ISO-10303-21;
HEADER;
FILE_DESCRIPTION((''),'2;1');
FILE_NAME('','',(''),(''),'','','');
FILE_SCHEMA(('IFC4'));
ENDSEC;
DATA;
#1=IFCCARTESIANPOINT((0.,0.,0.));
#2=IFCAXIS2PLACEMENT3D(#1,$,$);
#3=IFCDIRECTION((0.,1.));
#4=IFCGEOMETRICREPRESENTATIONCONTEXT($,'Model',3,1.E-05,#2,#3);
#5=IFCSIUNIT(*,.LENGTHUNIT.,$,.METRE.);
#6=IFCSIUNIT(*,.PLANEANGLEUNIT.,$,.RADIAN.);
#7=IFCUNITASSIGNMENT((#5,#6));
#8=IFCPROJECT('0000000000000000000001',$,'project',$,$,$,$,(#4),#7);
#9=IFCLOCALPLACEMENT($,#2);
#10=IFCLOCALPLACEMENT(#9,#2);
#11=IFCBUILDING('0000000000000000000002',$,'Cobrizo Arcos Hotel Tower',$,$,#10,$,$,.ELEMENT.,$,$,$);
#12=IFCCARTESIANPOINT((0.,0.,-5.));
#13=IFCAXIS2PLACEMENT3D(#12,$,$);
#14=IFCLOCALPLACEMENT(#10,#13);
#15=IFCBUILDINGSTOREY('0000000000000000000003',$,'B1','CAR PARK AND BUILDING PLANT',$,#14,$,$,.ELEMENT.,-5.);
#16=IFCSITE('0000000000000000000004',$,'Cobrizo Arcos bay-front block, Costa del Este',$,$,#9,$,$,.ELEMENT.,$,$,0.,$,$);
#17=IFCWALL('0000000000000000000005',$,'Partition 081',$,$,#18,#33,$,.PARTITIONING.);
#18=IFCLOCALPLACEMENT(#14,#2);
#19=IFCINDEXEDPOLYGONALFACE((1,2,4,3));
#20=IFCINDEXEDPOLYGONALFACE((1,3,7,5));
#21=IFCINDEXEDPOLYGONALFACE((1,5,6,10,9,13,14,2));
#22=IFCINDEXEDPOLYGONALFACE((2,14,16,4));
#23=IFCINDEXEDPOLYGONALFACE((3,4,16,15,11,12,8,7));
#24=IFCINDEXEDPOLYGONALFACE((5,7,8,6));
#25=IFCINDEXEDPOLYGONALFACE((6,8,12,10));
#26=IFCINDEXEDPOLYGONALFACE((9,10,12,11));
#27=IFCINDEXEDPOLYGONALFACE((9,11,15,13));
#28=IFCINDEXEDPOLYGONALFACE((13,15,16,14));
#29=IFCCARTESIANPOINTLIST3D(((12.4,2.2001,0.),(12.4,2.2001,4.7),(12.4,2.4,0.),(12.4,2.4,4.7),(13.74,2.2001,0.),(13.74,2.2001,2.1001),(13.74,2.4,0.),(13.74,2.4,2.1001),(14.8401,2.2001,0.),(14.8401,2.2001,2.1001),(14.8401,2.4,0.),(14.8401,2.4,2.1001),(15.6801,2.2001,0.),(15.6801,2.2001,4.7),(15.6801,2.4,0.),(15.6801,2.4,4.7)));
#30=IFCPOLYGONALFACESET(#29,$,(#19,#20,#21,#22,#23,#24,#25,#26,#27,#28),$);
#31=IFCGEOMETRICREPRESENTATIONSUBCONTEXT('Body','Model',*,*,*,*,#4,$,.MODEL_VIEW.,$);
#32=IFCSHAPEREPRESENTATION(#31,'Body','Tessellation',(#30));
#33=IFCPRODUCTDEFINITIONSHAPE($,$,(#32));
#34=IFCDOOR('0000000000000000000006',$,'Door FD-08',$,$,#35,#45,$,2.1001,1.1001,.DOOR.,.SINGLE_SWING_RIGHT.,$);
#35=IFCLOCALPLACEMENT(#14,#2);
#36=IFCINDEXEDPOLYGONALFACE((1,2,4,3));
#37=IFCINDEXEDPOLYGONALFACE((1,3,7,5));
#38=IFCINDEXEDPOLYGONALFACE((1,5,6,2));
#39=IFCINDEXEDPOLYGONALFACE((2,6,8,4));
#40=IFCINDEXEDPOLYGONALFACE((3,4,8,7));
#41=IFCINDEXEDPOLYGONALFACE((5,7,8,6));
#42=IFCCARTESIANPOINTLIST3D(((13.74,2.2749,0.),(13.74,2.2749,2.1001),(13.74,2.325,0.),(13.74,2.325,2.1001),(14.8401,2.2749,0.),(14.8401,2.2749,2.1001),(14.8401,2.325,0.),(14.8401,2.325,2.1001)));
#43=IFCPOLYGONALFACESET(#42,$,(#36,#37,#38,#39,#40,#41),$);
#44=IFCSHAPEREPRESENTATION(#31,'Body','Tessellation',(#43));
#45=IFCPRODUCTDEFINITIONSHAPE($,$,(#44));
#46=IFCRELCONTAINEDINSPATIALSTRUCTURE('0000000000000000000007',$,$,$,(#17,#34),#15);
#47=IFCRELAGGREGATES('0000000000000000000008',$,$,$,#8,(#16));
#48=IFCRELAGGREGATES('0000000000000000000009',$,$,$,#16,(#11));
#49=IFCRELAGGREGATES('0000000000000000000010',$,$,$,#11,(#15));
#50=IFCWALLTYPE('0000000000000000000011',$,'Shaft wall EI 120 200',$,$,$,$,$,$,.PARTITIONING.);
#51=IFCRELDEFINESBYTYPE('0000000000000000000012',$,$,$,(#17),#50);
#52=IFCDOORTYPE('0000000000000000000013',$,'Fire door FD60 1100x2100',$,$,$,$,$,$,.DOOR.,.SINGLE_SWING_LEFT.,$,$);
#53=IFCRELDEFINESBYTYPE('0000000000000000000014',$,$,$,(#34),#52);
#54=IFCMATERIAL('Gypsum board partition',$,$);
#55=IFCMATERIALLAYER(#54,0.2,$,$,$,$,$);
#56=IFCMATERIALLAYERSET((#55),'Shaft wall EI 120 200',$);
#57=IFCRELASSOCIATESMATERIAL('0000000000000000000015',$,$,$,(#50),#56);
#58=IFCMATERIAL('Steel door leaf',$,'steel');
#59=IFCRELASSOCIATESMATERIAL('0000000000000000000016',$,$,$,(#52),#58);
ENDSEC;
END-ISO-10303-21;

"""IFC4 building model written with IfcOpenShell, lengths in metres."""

from ifc_helpers import new_model, si_unit, direction, frame, frame_2d, origin, place, context, subcontext, project, spatial, rectangle, extrude, material, layer, layer_set, type_object, element, fill, save


model = new_model("IFC4")

# Units and contexts
model_context = context("Model", 3, precision=1e-05, world=origin(), true_north=direction((0.0, 1.0)))
body_context = subcontext(model_context, "Body", "Model", "MODEL_VIEW")
ifc_project = project(units=[si_unit("LENGTHUNIT", "METRE"), si_unit("PLANEANGLEUNIT", "RADIAN")], contexts=[model_context])

# Site, building, storey
site_placement = place(None, origin())
site = spatial("IfcSite", under=ifc_project, at=site_placement, Name="Cobrizo Arcos bay-front block, Costa del Este", CompositionType="ELEMENT", RefElevation=0.0)
building_placement = place(site_placement, origin())
building = spatial("IfcBuilding", under=site, at=building_placement, Name="Cobrizo Arcos Hotel Tower", CompositionType="ELEMENT")
storey_placement = place(building_placement, frame((0.0, 0.0, -5.0)))
storey = spatial("IfcBuildingStorey", under=building, at=storey_placement, Name="B1", Description="CAR PARK AND BUILDING PLANT", CompositionType="ELEMENT", Elevation=-5.0)

# Shared definitions
ifc_material_1 = material(Name="Gypsum board partition")

# Wall, opening, door
ifc_layer_1 = layer(ifc_material_1, 0.2)
ifc_layer_set_1 = layer_set([ifc_layer_1], Name="Shaft wall EI 120 200")
wall_type_1 = type_object("IfcWallType", Name="Shaft wall EI 120 200", PredefinedType="PARTITIONING", material=ifc_layer_set_1)
ifc_material_2 = material(Name="Steel door leaf", Category="steel")
door_type = type_object("IfcDoorType", Name="Fire door FD60 1100x2100", OperationType="SINGLE_SWING_LEFT", PredefinedType="DOOR", material=ifc_material_2)
wall_1_placement = place(storey_placement, frame((12.3999, 2.3, 0.0), z_axis=(0.0, 0.0, 1.0), x_axis=(1.0, 0.0, 0.0)))
wall_1 = element("IfcWall", 1, at=wall_1_placement, inside=storey, type_object=wall_type_1, Name="Partition 081", PredefinedType="PARTITIONING", context=body_context, shape_type="SweptSolid", body=[
    extrude(rectangle(XDim=3.28, YDim=0.2, at=frame_2d((1.6401, 0.0))), origin(), (0.0, 0.0, 1.0), 4.7),
])
opening_1_placement = place(wall_1_placement, frame((1.3401, 0.0, 0.0)))
opening_1 = element("IfcOpeningElement", 2, at=opening_1_placement, cuts=wall_1, PredefinedType="OPENING", context=body_context, shape_type="SweptSolid", body=[
    extrude(rectangle(XDim=1.1001, YDim=2.1001, at=frame_2d((0.55, 1.05))), frame((0.0, 0.1121, 0.0), z_axis=(0.0, -1.0, 0.0), x_axis=(1.0, 0.0, 0.0)), (0.0, 0.0, 1.0), 0.2239),
])
door_1_placement = place(opening_1_placement, origin())
door_1 = element("IfcDoor", 3, at=door_1_placement, inside=storey, type_object=door_type, Name="Door FD-08", OperationType="SINGLE_SWING_RIGHT", OverallHeight=2.1001, OverallWidth=1.1001, PredefinedType="DOOR", context=body_context, shape_type="SweptSolid", body=[
    extrude(rectangle(XDim=1.1001, YDim=2.1001, at=frame_2d((0.55, 1.05))), frame((0.0, 0.0249, 0.0), z_axis=(0.0, -1.0, 0.0), x_axis=(1.0, 0.0, 0.0)), (0.0, 0.0, 1.0), 0.05),
])
fill(opening_1, door_1)

save(model, "model.ifc")
